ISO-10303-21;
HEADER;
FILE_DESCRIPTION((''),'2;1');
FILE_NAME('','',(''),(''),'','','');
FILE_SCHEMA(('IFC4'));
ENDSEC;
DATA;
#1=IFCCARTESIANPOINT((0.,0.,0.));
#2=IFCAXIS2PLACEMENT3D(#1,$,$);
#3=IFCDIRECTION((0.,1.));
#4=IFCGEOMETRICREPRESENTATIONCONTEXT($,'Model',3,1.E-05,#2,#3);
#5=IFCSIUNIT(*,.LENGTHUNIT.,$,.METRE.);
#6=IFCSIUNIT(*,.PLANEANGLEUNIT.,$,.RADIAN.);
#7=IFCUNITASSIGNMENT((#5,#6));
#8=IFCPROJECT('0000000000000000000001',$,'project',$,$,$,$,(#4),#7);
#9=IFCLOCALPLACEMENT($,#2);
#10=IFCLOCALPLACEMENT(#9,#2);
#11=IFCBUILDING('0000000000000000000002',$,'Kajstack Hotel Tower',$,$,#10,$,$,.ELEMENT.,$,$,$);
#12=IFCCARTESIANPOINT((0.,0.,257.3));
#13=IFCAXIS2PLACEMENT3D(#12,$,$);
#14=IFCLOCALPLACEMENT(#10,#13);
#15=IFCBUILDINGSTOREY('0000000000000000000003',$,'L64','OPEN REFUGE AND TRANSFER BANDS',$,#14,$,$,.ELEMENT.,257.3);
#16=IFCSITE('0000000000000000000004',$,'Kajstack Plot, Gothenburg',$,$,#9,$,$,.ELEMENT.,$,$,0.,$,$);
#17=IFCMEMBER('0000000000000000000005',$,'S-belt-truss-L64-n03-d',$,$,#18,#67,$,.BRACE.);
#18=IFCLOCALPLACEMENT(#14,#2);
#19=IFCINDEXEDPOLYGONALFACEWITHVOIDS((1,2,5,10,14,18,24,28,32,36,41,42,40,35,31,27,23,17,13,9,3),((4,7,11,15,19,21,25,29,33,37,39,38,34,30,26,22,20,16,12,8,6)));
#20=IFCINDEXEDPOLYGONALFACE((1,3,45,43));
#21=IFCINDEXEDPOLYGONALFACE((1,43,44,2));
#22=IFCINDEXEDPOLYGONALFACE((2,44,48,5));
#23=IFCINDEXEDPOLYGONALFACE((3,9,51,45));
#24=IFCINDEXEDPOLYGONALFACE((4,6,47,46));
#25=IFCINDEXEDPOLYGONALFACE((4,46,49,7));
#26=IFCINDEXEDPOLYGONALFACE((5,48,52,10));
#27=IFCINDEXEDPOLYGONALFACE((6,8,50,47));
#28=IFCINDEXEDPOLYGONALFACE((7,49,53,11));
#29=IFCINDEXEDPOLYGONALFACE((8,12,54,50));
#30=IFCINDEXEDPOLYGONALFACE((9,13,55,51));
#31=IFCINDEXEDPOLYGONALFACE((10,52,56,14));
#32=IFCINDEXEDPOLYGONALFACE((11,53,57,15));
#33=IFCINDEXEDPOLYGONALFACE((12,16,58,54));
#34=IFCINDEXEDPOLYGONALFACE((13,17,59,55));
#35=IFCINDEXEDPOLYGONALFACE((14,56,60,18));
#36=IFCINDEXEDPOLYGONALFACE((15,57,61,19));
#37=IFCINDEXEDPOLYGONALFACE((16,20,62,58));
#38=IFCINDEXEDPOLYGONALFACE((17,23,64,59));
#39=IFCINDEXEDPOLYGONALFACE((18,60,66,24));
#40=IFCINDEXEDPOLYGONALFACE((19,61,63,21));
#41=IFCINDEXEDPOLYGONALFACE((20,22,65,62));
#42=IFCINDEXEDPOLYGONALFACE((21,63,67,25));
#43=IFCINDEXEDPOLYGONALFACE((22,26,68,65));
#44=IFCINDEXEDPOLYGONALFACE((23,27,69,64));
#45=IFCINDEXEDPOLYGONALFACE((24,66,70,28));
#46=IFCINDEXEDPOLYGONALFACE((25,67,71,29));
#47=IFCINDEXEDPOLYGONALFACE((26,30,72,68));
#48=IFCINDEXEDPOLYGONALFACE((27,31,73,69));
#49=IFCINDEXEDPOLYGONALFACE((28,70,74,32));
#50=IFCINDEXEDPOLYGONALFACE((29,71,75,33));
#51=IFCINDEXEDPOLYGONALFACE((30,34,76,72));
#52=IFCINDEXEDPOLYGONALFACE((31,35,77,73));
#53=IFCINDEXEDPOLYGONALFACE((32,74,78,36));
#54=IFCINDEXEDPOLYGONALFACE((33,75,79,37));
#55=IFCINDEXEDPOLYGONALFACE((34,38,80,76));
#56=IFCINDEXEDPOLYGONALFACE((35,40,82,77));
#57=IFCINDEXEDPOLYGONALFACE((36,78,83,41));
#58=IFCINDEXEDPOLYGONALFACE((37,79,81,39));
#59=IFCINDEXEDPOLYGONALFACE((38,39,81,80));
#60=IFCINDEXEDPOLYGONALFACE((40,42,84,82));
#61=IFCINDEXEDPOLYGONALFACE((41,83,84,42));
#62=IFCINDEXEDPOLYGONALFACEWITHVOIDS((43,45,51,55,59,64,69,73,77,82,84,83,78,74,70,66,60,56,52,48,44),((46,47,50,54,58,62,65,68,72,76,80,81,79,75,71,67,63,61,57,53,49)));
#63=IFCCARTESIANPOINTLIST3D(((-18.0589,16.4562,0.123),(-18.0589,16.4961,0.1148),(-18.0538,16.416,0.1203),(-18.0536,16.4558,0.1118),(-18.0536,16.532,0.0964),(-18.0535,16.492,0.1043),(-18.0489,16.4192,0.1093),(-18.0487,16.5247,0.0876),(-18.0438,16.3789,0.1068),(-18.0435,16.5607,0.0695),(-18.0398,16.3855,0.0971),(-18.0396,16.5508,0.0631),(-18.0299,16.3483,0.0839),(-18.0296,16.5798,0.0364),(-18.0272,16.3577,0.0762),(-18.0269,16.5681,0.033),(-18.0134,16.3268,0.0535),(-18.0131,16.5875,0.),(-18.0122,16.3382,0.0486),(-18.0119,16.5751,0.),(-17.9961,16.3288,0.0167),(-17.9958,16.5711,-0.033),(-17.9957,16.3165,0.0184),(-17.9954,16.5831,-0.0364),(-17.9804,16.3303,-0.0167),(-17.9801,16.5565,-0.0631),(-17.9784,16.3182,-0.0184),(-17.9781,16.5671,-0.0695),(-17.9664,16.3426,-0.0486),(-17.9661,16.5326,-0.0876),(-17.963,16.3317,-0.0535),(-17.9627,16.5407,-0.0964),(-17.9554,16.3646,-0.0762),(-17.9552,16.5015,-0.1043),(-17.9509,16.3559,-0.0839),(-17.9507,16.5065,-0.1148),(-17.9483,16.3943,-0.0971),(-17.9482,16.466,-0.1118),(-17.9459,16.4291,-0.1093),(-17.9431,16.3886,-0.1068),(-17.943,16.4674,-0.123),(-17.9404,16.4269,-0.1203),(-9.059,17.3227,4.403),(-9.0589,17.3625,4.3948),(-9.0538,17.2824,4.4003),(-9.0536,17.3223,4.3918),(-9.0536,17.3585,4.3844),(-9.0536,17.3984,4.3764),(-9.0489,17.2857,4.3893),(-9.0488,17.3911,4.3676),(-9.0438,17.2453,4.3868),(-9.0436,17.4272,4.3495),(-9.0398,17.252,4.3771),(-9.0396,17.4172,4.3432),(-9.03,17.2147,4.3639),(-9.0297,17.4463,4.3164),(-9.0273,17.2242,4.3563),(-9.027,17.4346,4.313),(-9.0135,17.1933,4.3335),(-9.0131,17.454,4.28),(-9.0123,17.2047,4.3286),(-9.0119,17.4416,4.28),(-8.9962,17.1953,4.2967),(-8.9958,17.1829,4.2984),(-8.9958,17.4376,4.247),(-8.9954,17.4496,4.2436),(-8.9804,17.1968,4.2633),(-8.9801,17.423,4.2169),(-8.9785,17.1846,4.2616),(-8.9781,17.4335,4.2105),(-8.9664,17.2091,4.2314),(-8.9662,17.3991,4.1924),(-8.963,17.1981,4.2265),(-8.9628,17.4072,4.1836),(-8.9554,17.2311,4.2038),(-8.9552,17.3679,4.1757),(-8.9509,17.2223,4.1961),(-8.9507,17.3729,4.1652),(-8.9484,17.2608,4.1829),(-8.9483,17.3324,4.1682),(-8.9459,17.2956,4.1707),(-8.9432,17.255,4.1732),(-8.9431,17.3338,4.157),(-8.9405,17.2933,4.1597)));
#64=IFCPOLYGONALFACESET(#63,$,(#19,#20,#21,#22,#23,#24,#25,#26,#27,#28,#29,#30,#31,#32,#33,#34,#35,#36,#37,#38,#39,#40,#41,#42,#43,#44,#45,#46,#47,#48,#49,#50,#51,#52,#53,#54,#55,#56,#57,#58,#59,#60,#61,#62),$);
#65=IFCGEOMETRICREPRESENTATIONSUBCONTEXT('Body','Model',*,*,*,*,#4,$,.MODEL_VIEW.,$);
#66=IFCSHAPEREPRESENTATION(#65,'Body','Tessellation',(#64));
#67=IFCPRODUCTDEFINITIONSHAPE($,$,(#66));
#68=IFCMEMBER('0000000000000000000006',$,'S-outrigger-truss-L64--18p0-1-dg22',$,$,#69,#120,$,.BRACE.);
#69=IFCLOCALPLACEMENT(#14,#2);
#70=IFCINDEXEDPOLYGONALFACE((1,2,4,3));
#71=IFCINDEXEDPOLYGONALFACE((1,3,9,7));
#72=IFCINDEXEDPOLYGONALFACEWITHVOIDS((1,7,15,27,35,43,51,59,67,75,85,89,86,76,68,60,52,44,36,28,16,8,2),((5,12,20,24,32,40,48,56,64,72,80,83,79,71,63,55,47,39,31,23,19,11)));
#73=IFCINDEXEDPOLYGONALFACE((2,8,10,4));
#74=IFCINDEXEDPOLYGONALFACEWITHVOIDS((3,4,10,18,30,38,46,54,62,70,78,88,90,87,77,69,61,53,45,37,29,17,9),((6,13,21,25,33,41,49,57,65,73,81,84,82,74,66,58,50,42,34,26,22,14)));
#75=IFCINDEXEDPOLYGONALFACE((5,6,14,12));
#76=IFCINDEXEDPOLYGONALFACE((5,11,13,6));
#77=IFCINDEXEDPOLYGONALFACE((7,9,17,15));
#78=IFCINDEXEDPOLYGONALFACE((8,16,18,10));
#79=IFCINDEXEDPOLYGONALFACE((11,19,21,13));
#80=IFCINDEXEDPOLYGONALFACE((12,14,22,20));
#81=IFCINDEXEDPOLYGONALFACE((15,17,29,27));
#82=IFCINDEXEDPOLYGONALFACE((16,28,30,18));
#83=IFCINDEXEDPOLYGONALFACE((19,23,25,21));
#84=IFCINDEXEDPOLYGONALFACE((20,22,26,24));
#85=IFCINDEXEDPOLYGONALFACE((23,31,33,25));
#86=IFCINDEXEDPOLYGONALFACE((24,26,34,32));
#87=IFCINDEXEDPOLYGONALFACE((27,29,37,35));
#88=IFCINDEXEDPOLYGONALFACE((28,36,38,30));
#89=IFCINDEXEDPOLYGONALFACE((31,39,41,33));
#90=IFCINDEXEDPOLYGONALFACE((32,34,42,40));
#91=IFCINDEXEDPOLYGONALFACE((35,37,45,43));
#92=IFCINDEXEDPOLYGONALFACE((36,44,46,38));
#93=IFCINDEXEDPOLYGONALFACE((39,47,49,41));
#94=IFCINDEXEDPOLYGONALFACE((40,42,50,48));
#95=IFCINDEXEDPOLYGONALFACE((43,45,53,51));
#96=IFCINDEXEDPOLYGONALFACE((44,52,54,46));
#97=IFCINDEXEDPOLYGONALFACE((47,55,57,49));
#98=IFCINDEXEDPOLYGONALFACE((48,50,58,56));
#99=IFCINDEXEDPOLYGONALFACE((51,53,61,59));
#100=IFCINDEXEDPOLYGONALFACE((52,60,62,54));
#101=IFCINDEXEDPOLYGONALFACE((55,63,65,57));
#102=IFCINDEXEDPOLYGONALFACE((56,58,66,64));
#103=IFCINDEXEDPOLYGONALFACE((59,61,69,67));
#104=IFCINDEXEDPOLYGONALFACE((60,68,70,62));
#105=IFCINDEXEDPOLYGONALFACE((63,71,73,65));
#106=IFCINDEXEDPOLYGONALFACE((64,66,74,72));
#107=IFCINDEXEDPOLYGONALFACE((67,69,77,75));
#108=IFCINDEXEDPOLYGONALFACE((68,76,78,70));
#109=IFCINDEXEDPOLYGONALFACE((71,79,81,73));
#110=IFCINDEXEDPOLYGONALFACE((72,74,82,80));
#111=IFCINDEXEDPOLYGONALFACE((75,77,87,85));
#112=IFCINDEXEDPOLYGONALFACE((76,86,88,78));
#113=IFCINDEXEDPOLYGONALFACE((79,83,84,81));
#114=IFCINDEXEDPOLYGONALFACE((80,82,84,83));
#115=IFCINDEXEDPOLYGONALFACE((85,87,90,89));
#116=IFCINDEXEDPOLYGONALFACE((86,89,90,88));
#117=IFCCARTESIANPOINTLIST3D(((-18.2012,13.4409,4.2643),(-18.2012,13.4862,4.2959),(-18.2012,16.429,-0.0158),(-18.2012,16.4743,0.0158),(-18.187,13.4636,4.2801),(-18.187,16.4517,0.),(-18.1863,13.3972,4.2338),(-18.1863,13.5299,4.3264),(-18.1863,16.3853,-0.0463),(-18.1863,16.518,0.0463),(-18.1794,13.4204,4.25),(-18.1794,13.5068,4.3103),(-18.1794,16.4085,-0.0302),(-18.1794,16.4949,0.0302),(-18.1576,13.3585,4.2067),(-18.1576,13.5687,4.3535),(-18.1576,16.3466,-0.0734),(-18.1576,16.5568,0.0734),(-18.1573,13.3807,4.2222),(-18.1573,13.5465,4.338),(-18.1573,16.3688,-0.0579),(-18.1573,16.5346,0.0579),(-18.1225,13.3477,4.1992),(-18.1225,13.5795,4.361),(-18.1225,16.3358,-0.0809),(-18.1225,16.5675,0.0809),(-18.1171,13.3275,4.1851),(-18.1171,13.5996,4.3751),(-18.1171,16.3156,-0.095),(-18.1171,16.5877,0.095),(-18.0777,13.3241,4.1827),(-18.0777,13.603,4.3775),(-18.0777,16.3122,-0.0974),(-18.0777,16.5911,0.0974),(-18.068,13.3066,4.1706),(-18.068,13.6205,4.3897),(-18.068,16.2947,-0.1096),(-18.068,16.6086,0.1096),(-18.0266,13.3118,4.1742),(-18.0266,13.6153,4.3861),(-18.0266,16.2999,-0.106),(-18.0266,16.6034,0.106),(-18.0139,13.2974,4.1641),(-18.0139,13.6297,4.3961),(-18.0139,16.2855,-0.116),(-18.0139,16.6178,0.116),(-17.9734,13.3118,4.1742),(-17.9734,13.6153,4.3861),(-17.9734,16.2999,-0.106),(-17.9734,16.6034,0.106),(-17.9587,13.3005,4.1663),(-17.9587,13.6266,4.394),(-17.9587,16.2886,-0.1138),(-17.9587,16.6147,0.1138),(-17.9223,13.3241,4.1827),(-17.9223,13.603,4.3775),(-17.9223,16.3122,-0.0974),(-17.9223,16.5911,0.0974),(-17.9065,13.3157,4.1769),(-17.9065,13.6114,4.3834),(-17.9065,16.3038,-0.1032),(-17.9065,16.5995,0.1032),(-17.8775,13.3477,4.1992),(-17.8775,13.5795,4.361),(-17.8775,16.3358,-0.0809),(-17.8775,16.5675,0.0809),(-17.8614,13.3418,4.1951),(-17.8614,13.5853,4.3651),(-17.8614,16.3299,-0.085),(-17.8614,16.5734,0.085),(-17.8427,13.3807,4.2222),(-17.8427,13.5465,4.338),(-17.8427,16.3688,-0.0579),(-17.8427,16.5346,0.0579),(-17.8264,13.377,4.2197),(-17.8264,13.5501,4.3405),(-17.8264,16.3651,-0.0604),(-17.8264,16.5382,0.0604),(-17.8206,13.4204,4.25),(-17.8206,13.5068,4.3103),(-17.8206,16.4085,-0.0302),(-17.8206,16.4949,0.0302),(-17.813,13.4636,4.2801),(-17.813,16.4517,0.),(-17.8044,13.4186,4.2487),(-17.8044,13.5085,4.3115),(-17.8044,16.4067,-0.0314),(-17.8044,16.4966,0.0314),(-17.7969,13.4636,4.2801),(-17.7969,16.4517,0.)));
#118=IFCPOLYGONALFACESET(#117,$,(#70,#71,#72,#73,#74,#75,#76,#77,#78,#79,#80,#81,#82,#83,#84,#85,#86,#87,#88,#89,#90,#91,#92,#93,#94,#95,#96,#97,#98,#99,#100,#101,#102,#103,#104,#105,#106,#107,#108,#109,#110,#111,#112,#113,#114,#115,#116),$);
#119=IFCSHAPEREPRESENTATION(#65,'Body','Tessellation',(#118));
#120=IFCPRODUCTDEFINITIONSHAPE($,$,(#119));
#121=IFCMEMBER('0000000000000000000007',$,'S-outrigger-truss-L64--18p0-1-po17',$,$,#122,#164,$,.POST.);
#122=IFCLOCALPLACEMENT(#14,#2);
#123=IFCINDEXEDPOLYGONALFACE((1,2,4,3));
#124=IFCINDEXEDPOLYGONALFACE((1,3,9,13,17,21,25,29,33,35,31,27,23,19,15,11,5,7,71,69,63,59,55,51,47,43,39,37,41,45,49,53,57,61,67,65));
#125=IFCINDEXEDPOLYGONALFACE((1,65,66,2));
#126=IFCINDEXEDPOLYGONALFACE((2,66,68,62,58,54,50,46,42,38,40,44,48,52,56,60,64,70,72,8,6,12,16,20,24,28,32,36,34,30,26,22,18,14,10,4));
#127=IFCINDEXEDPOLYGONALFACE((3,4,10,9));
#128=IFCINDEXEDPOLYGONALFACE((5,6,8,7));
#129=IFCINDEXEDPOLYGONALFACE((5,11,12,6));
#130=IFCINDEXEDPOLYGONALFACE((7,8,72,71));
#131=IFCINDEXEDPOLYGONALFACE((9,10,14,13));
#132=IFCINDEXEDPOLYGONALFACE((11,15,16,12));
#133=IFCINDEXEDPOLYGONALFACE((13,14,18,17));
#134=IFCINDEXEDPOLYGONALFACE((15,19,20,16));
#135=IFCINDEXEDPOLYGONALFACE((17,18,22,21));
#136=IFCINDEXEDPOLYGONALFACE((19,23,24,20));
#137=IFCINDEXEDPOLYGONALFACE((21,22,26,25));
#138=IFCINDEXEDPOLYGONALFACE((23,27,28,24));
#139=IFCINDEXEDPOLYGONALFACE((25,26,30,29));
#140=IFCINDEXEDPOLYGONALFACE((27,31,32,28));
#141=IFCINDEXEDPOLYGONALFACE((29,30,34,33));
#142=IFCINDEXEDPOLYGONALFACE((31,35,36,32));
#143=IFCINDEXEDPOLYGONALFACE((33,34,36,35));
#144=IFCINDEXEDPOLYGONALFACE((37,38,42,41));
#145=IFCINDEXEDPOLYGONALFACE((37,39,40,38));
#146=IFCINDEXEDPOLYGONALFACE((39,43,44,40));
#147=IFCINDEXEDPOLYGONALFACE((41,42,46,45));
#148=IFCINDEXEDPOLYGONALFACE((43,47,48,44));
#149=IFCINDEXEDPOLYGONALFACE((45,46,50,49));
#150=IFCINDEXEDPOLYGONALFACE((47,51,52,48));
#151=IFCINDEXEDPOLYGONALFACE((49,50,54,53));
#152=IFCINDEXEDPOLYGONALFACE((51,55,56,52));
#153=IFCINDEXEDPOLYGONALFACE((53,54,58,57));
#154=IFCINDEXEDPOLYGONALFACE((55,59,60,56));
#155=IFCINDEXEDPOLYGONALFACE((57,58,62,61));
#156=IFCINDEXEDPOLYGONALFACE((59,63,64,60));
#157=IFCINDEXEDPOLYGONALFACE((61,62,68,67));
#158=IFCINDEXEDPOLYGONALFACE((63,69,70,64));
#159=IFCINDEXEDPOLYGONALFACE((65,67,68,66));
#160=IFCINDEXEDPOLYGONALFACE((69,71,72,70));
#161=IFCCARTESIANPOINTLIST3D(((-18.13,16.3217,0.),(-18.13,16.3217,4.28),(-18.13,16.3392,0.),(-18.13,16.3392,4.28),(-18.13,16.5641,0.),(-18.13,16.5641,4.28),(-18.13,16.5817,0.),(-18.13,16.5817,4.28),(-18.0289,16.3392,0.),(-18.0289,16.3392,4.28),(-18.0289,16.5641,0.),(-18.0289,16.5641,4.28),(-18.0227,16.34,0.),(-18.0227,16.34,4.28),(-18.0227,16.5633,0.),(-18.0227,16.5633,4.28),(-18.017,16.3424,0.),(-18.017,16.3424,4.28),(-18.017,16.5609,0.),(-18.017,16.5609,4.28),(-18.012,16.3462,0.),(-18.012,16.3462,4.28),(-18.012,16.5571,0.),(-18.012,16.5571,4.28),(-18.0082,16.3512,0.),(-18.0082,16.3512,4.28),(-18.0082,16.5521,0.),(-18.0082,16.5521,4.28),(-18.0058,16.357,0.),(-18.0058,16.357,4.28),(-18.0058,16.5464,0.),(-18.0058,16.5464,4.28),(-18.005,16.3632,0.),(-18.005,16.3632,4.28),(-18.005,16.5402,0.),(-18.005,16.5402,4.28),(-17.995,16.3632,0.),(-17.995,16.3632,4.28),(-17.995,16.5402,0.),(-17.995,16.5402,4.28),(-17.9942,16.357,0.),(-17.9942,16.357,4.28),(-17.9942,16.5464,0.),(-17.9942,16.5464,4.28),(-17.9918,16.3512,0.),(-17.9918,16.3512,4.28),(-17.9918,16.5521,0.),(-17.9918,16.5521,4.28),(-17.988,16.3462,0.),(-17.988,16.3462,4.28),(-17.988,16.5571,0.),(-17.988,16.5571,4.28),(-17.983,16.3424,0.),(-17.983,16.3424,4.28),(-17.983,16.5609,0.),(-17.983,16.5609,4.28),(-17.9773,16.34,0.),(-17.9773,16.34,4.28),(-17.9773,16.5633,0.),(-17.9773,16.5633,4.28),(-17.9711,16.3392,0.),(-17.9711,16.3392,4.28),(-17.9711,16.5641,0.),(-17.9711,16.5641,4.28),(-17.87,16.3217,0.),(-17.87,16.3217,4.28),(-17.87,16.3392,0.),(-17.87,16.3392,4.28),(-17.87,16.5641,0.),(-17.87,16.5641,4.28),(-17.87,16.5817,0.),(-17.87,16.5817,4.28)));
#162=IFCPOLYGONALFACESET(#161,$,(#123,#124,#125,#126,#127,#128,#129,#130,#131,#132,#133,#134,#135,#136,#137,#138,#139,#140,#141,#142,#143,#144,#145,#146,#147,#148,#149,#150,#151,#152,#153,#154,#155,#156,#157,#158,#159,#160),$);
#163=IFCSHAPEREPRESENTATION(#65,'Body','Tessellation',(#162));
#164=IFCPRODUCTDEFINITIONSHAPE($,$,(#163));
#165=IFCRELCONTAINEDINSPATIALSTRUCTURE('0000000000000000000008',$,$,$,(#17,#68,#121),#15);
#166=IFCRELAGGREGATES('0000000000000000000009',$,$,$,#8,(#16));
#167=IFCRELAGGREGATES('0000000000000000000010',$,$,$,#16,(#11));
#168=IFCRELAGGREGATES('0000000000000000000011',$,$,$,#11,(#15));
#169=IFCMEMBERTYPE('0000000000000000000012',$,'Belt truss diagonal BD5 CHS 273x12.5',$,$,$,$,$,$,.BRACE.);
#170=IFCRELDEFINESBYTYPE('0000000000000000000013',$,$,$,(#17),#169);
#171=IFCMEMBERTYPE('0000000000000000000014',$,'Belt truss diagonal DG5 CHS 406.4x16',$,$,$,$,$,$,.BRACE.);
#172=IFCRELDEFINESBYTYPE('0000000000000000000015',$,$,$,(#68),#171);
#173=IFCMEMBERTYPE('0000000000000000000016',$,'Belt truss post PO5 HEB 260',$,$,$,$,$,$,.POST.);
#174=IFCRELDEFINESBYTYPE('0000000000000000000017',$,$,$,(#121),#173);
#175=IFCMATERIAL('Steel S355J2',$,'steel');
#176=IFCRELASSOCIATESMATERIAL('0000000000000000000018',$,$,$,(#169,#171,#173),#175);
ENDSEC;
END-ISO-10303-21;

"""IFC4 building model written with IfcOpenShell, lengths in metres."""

from ifc_helpers import new_model, si_unit, direction, frame, origin, origin_2d, place, context, subcontext, project, spatial, hollow_circle, i_section, extrude, material, material_profile, profile_set, type_object, element, save


model = new_model("IFC4")

# Units and contexts
model_context = context("Model", 3, precision=1e-05, world=origin(), true_north=direction((0.0, 1.0)))
body_context = subcontext(model_context, "Body", "Model", "MODEL_VIEW")
ifc_project = project(units=[si_unit("LENGTHUNIT", "METRE"), si_unit("PLANEANGLEUNIT", "RADIAN")], contexts=[model_context])

# Site, building, storey
site_placement = place(None, origin())
site = spatial("IfcSite", under=ifc_project, at=site_placement, Name="Kajstack Plot, Gothenburg", CompositionType="ELEMENT", RefElevation=0.0)
building_placement = place(site_placement, origin())
building = spatial("IfcBuilding", under=site, at=building_placement, Name="Kajstack Hotel Tower", CompositionType="ELEMENT")
storey_placement = place(building_placement, frame((0.0, 0.0, 257.3)))
storey = spatial("IfcBuildingStorey", under=building, at=storey_placement, Name="L64", Description="OPEN REFUGE AND TRANSFER BANDS", CompositionType="ELEMENT", Elevation=257.3)

# Members
ifc_material = material(Name="Steel S355J2", Category="steel")
ifc_material_profile_1 = material_profile(ifc_material, hollow_circle(Radius=0.1365, WallThickness=0.0125, at=origin_2d()), Name="CHS 273x12.5")
ifc_profile_set_1 = profile_set([ifc_material_profile_1], Name="Steel S355J2")
member_type_1 = type_object("IfcMemberType", Name="Belt truss diagonal BD5 CHS 273x12.5", PredefinedType="BRACE", material=ifc_profile_set_1)
for number, where, z_axis, x_axis, name in (
    (1, (-18.0, 16.4517, 0.0), (0.899688, 0.086615, 0.427855), (-0.09583, 0.995398, 0.0), "S-belt-truss-L64-n03-d"),
):
    element("IfcMember", number, at=place(storey_placement, frame(where, z_axis=z_axis, x_axis=x_axis)), inside=storey, type_object=member_type_1, Name=name, PredefinedType="BRACE", context=body_context, shape_type="SweptSolid", body=[
        extrude(hollow_circle(Radius=0.1365, WallThickness=0.0125, at=origin_2d()), origin(), (0.0, 0.0, 1.0), 10.0034),
    ])
ifc_material_profile_2 = material_profile(ifc_material, hollow_circle(Radius=0.2031, WallThickness=0.0161, at=origin_2d()), Name="CHS 406.4x16")
ifc_profile_set_2 = profile_set([ifc_material_profile_2], Name="Steel S355J2")
member_type_2 = type_object("IfcMemberType", Name="Belt truss diagonal DG5 CHS 406.4x16", PredefinedType="BRACE", material=ifc_profile_set_2)
member_1_placement = place(storey_placement, frame((-18.0, 16.4517, 0.0), z_axis=(0.0, -0.572435, 0.81995), x_axis=(1.0, 0.0, 0.0)))
element("IfcMember", 2, at=member_1_placement, inside=storey, type_object=member_type_2, Name="S-outrigger-truss-L64--18p0-1-dg22", PredefinedType="BRACE", context=body_context, shape_type="SweptSolid", body=[
    extrude(hollow_circle(Radius=0.2031, WallThickness=0.0161, at=origin_2d()), origin(), (0.0, 0.0, 1.0), 5.22),
])
ifc_material_profile_3 = material_profile(ifc_material, i_section(OverallWidth=0.26, OverallDepth=0.26, WebThickness=0.01, FlangeThickness=0.0176, FilletRadius=0.0239, at=origin_2d()), Name="HEB 260")
ifc_profile_set_3 = profile_set([ifc_material_profile_3], Name="Steel S355J2")
member_type_3 = type_object("IfcMemberType", Name="Belt truss post PO5 HEB 260", PredefinedType="POST", material=ifc_profile_set_3)
for number, where, z_axis, x_axis, name in (
    (3, (-18.0, 16.4517, 0.0), (0.0, 0.0, 1.0), (1.0, 0.0, 0.0), "S-outrigger-truss-L64--18p0-1-po17"),
):
    element("IfcMember", number, at=place(storey_placement, frame(where, z_axis=z_axis, x_axis=x_axis)), inside=storey, type_object=member_type_3, Name=name, PredefinedType="POST", context=body_context, shape_type="SweptSolid", body=[
        extrude(i_section(OverallWidth=0.26, OverallDepth=0.26, WebThickness=0.01, FlangeThickness=0.0176, FilletRadius=0.0239, at=origin_2d()), origin(), (0.0, 0.0, 1.0), 4.28),
    ])

save(model, "model.ifc")
